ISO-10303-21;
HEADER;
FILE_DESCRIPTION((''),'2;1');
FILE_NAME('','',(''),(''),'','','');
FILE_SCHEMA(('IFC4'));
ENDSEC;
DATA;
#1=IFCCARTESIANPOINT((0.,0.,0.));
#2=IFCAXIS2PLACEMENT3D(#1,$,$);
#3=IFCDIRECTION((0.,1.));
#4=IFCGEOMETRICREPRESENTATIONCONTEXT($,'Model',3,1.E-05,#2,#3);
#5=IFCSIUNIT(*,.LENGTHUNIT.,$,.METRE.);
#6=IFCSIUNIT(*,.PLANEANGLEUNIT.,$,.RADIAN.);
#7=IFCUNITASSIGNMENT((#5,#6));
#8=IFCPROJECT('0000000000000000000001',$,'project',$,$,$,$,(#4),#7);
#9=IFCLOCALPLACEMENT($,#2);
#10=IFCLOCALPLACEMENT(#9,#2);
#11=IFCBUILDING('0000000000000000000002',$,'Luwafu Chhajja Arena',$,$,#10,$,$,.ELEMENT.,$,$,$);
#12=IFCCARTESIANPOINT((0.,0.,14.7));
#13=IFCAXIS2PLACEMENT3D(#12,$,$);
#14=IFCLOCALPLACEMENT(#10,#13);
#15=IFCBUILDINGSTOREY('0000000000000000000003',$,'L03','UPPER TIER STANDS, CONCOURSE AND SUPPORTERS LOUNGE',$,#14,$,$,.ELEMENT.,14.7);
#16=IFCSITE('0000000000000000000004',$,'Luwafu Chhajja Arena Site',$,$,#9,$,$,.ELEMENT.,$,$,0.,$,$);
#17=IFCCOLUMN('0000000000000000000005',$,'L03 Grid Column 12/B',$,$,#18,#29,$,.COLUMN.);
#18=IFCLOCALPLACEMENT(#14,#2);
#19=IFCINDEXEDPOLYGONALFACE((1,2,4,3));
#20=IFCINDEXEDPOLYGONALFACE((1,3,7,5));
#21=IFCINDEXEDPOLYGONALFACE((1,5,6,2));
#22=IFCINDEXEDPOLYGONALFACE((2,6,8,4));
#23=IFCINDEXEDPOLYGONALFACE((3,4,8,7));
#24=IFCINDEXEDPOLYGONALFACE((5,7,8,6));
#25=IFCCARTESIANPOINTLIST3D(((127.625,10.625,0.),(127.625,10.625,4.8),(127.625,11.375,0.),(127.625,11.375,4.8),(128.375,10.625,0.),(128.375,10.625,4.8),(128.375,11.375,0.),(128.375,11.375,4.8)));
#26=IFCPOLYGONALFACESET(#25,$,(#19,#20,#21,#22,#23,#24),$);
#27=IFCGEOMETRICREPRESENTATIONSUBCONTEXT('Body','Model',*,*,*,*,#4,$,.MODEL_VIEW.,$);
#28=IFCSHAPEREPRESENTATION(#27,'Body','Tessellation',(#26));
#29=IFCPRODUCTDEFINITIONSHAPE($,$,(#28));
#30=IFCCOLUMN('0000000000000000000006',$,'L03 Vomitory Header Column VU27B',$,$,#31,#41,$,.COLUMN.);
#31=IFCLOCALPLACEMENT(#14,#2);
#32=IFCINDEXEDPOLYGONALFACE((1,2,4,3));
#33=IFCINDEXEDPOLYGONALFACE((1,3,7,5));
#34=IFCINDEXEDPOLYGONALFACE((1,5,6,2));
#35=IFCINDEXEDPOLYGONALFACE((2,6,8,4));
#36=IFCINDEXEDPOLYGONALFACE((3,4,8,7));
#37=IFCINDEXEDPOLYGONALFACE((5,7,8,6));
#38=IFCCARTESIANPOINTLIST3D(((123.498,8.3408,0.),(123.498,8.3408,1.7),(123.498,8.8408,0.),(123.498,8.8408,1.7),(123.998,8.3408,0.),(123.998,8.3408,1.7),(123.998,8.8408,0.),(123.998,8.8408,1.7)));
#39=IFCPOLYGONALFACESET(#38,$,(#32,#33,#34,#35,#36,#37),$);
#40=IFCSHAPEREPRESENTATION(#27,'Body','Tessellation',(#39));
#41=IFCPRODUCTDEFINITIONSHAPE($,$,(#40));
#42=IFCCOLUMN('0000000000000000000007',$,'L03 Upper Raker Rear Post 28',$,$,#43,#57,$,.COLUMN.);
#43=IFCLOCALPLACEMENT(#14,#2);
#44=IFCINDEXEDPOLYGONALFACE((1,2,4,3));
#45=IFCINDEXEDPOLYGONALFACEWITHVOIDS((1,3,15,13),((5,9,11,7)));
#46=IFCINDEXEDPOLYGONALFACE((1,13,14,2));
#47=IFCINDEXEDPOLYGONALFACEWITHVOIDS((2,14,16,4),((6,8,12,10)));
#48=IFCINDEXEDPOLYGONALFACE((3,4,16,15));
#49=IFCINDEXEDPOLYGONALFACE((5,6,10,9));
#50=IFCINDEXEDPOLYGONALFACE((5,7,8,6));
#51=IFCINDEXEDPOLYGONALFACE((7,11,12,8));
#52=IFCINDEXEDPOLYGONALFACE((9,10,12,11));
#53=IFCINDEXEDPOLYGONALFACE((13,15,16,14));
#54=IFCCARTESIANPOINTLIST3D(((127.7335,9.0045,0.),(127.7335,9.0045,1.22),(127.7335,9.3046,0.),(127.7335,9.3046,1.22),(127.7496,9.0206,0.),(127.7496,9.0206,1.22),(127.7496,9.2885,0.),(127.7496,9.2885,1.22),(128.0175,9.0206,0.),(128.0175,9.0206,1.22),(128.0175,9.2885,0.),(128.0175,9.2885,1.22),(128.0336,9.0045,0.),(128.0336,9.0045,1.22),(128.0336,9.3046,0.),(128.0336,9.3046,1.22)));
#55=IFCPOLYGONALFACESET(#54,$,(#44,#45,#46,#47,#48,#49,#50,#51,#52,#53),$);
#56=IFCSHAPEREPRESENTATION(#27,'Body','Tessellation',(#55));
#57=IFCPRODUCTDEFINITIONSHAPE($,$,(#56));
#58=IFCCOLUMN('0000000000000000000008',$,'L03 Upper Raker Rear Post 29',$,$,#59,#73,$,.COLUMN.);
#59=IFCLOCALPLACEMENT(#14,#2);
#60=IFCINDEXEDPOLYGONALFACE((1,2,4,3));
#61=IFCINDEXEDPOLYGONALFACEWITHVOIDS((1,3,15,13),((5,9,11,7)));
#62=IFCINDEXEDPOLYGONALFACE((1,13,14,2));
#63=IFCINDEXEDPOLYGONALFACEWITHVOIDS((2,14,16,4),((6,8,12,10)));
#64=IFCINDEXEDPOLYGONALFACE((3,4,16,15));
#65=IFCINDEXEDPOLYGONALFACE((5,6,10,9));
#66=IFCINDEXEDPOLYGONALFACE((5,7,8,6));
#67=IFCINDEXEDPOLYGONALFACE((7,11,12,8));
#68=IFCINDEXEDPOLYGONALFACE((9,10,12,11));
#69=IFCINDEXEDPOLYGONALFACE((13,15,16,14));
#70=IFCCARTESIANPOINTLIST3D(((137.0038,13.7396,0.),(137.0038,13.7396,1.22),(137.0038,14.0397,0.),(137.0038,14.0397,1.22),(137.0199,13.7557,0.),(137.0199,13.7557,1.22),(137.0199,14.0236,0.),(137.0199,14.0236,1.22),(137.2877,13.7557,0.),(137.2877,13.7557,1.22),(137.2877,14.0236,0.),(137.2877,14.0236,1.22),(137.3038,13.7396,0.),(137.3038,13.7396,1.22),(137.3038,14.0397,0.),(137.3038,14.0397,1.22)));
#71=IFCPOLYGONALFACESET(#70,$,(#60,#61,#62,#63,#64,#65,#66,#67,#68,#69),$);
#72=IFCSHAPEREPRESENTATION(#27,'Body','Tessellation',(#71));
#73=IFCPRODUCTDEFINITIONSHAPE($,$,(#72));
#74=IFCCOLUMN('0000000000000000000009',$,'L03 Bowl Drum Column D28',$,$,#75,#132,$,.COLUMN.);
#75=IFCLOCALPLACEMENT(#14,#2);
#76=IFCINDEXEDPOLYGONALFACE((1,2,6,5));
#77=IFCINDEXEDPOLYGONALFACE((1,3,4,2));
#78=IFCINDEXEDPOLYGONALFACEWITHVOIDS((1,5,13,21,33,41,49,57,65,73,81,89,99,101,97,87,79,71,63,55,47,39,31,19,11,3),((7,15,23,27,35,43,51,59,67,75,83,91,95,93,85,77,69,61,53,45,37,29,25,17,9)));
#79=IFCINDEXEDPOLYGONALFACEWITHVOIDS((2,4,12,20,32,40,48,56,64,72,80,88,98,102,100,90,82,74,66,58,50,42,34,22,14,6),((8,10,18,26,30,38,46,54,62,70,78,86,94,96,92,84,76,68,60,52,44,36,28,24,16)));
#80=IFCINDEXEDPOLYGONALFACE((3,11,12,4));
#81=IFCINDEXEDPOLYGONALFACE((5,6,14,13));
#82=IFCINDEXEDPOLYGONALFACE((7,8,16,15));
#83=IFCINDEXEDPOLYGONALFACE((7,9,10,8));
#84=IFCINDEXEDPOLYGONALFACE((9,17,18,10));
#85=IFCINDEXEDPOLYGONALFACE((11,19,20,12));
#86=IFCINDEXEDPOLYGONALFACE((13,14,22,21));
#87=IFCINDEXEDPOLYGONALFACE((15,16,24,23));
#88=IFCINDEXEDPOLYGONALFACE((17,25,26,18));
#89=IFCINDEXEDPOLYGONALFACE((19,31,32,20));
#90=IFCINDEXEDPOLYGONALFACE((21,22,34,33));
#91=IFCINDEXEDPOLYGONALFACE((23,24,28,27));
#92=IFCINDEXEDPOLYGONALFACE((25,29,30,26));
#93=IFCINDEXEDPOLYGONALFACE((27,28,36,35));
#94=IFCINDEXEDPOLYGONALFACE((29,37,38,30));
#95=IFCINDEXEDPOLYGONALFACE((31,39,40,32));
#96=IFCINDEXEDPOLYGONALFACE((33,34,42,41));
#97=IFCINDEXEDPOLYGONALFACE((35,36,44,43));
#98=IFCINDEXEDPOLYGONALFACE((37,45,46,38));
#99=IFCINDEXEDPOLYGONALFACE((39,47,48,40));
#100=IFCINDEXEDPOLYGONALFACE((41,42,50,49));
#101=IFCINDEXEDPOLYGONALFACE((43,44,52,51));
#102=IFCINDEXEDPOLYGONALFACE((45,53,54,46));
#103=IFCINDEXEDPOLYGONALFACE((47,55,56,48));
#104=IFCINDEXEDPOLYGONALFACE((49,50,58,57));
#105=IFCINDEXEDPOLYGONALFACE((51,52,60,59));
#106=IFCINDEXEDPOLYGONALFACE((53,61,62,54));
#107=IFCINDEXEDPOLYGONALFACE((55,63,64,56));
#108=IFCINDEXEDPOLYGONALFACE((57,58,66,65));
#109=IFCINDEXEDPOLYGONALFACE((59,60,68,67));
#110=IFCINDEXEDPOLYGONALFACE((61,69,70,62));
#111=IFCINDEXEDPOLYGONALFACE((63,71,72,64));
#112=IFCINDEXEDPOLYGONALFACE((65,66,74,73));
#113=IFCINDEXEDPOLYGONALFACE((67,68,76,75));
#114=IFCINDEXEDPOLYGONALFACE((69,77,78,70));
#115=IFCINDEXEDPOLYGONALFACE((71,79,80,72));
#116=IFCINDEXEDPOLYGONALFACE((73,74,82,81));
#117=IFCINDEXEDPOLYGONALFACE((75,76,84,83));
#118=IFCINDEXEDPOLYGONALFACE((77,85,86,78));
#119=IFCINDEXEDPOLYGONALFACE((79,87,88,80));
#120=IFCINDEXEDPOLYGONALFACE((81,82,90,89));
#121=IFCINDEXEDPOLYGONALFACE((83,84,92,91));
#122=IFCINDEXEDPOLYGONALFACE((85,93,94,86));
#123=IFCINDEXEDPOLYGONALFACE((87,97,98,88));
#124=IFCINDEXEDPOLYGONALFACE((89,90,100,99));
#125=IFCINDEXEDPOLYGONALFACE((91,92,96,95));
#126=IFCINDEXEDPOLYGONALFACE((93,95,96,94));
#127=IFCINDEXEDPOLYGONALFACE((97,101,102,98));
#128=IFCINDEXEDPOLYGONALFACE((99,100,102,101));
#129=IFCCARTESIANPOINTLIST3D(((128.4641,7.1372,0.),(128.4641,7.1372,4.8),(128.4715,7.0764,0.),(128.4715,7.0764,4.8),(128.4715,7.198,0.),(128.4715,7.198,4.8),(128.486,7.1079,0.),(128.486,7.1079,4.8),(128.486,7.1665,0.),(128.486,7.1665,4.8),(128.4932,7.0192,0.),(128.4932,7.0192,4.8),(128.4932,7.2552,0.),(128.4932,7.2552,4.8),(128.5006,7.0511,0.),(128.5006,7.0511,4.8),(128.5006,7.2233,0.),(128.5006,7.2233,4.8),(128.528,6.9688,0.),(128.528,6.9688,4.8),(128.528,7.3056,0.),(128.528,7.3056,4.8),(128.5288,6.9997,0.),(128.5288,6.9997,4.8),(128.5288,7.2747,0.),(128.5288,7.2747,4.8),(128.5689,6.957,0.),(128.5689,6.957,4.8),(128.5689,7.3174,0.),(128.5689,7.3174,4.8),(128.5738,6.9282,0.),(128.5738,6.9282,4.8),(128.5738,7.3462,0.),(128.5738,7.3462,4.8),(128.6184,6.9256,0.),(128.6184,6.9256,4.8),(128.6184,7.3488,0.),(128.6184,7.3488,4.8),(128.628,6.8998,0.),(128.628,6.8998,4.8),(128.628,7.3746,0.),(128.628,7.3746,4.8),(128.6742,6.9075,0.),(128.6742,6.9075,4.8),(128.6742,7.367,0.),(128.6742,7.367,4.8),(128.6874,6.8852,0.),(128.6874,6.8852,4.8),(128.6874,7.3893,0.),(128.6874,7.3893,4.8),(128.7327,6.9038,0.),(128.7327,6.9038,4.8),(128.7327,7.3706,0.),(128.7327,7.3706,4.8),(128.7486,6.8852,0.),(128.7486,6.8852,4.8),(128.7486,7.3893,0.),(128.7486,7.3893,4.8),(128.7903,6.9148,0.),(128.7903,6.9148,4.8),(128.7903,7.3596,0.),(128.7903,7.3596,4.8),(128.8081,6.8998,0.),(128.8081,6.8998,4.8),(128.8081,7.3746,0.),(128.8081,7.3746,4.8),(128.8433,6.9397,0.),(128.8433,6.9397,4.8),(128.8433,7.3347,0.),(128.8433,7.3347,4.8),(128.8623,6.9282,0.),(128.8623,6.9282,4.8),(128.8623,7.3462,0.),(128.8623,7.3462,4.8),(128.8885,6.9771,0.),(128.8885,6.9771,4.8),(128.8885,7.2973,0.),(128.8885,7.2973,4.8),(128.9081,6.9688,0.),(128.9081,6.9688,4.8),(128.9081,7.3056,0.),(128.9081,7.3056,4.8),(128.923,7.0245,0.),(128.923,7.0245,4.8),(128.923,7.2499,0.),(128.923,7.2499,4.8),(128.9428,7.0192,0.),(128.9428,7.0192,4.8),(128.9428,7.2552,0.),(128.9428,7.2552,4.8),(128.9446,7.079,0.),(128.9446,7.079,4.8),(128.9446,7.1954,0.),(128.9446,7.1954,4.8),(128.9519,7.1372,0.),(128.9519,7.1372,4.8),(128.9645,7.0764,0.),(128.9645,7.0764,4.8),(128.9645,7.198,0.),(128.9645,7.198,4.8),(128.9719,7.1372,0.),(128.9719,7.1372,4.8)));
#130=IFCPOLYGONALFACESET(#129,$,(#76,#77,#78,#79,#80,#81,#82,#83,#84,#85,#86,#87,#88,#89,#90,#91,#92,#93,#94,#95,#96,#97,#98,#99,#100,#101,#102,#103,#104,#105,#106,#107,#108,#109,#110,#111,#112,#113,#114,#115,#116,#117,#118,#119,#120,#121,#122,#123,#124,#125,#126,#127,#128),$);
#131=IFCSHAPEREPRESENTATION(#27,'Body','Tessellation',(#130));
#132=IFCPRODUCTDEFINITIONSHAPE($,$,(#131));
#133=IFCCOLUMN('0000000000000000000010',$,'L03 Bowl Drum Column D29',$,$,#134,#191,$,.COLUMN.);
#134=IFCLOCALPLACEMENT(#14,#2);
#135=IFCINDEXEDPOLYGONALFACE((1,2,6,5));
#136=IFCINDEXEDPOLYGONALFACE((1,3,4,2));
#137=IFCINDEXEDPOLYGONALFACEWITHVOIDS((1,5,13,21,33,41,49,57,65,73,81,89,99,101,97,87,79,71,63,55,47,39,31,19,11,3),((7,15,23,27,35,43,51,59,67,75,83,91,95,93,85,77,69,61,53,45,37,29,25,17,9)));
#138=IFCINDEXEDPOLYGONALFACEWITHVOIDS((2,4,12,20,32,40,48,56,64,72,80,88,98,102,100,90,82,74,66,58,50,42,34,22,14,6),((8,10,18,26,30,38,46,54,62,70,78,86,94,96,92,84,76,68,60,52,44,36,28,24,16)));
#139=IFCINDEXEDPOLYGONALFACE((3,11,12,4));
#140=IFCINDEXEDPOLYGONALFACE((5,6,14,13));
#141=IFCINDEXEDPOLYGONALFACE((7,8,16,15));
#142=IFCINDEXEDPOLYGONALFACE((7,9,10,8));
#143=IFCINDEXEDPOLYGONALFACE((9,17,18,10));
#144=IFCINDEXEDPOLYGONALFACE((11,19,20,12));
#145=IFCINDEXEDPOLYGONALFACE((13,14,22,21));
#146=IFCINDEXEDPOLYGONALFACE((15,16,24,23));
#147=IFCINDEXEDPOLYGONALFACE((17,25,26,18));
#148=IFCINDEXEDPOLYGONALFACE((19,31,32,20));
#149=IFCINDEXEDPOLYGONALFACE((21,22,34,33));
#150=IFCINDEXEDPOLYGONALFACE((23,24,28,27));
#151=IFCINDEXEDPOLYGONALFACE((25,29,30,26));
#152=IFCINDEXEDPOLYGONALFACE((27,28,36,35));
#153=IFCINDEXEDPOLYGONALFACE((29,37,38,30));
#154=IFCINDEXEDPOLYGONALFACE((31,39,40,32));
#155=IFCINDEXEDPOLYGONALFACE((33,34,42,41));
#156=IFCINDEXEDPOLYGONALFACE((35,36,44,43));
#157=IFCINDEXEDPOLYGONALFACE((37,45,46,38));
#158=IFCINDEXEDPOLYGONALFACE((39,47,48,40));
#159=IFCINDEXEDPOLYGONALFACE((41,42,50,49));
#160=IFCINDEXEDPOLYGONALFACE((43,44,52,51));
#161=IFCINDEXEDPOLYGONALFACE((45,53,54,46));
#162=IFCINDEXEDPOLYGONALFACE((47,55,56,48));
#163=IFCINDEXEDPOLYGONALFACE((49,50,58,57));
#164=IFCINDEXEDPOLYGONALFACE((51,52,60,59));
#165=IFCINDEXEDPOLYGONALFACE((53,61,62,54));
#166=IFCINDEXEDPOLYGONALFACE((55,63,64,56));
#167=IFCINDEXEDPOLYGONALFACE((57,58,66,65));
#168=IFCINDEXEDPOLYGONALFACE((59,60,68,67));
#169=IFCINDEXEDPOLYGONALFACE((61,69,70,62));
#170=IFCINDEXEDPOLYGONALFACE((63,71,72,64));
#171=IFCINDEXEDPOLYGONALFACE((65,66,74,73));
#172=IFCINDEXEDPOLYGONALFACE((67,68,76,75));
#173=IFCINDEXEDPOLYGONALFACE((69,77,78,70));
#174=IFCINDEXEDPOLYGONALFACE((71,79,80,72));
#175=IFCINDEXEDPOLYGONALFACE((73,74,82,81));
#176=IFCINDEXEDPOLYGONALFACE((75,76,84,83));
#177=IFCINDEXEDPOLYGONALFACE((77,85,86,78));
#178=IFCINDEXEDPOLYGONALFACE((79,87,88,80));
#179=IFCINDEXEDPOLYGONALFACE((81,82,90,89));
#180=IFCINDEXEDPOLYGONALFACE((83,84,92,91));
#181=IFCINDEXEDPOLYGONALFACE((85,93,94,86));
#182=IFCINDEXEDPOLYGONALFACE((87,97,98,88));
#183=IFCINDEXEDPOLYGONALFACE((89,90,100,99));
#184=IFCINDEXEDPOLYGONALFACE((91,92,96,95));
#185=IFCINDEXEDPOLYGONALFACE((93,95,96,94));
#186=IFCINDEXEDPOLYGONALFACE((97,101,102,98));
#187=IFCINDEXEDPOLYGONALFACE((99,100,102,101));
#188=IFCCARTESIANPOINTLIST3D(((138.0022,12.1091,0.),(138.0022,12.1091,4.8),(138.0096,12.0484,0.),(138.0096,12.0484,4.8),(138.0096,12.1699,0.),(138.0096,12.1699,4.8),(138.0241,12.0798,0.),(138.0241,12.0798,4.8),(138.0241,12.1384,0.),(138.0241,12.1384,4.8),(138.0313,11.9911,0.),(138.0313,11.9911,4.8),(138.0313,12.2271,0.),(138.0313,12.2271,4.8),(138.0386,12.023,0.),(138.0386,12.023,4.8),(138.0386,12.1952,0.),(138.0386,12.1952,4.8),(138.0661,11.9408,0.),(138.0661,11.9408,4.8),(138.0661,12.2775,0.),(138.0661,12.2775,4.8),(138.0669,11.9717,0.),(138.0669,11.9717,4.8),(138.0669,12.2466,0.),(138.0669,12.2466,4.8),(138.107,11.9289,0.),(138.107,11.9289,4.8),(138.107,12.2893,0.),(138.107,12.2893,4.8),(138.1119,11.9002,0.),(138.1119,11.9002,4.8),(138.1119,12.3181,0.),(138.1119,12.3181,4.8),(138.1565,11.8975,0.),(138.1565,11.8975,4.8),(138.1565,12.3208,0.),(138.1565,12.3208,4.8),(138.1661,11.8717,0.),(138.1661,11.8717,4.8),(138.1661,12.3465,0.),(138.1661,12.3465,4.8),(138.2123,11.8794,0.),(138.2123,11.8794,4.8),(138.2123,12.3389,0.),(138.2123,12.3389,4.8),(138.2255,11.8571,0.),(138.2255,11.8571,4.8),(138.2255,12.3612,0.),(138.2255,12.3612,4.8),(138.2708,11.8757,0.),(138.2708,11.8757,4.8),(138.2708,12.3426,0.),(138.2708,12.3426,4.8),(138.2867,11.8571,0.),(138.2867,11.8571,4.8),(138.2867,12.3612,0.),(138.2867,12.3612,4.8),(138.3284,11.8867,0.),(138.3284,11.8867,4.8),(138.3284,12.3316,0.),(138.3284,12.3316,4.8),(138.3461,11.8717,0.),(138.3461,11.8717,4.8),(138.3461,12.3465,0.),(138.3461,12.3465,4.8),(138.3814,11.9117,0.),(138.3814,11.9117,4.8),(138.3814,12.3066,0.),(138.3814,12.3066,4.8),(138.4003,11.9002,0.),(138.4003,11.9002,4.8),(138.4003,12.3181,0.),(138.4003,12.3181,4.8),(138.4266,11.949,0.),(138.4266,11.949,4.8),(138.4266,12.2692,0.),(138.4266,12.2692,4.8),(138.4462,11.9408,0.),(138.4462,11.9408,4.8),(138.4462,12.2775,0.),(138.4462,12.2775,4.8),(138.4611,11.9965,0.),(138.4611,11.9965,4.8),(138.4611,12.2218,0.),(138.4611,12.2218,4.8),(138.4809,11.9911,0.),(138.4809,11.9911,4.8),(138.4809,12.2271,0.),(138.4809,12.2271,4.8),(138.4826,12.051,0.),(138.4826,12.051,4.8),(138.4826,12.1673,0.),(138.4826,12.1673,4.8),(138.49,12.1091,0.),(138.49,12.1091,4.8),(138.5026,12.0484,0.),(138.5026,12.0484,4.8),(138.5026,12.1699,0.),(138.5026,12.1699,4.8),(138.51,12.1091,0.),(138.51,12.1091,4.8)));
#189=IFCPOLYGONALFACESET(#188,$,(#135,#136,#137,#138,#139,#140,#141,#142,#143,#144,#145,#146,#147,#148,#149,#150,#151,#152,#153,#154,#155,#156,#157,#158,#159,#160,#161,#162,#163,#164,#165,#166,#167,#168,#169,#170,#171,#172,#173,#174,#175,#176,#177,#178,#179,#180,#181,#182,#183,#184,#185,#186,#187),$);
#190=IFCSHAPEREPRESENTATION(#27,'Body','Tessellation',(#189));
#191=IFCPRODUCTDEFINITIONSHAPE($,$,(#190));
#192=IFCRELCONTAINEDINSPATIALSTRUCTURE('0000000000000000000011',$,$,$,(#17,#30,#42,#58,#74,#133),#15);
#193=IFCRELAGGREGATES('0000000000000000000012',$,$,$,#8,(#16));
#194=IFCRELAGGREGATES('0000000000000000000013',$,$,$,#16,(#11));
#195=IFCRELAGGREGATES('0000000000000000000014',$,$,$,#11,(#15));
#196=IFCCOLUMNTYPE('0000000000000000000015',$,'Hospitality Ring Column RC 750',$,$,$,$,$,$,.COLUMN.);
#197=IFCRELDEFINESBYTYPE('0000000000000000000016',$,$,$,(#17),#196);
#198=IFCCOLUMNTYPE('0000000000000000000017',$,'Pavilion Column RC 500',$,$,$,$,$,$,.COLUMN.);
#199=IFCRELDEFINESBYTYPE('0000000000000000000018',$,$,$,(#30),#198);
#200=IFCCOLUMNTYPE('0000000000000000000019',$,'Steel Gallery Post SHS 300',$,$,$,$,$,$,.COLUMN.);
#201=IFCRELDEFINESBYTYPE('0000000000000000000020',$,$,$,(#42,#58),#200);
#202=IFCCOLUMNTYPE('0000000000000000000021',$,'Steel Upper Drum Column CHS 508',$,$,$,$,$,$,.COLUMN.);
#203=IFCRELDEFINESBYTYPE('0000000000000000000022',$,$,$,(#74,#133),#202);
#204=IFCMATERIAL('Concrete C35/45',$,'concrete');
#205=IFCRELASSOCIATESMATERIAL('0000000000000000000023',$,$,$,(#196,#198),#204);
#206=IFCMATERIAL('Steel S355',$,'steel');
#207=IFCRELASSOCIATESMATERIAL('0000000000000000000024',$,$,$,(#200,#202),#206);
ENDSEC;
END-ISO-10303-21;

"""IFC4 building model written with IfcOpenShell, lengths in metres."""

from ifc_helpers import new_model, si_unit, direction, frame, origin, origin_2d, place, context, subcontext, project, spatial, rectangle, hollow_rectangle, hollow_circle, extrude, material, material_profile, profile_set, type_object, element, save


model = new_model("IFC4")

# Units and contexts
model_context = context("Model", 3, precision=1e-05, world=origin(), true_north=direction((0.0, 1.0)))
body_context = subcontext(model_context, "Body", "Model", "MODEL_VIEW")
ifc_project = project(units=[si_unit("LENGTHUNIT", "METRE"), si_unit("PLANEANGLEUNIT", "RADIAN")], contexts=[model_context])

# Site, building, storey
site_placement = place(None, origin())
site = spatial("IfcSite", under=ifc_project, at=site_placement, Name="Luwafu Chhajja Arena Site", CompositionType="ELEMENT", RefElevation=0.0)
building_placement = place(site_placement, origin())
building = spatial("IfcBuilding", under=site, at=building_placement, Name="Luwafu Chhajja Arena", CompositionType="ELEMENT")
storey_placement = place(building_placement, frame((0.0, 0.0, 14.7)))
storey = spatial("IfcBuildingStorey", under=building, at=storey_placement, Name="L03", Description="UPPER TIER STANDS, CONCOURSE AND SUPPORTERS LOUNGE", CompositionType="ELEMENT", Elevation=14.7)

# Columns
ifc_material_1 = material(Name="Concrete C35/45", Category="concrete")
ifc_material_profile_1 = material_profile(ifc_material_1, rectangle(XDim=0.75, YDim=0.75, at=origin_2d()), Name="RC 750x750")
ifc_profile_set_1 = profile_set([ifc_material_profile_1], Name="Concrete C35/45")
column_type_1 = type_object("IfcColumnType", Name="Hospitality Ring Column RC 750", PredefinedType="COLUMN", material=ifc_profile_set_1)
column_1_placement = place(storey_placement, frame((128.0, 11.0, 0.0), z_axis=(0.0, 0.0, 1.0), x_axis=(1.0, 0.0, 0.0)))
element("IfcColumn", 1, at=column_1_placement, inside=storey, type_object=column_type_1, Name="L03 Grid Column 12/B", PredefinedType="COLUMN", context=body_context, shape_type="SweptSolid", body=[
    extrude(rectangle(XDim=0.75, YDim=0.75, at=origin_2d()), origin(), (0.0, 0.0, 1.0), 4.8),
])
ifc_material_profile_2 = material_profile(ifc_material_1, rectangle(XDim=0.5, YDim=0.5, at=origin_2d()), Name="RC 500x500")
ifc_profile_set_2 = profile_set([ifc_material_profile_2], Name="Concrete C35/45")
column_type_2 = type_object("IfcColumnType", Name="Pavilion Column RC 500", PredefinedType="COLUMN", material=ifc_profile_set_2)
column_2_placement = place(storey_placement, frame((123.748, 8.5908, 0.0), z_axis=(0.0, 0.0, 1.0), x_axis=(1.0, 0.0, 0.0)))
element("IfcColumn", 2, at=column_2_placement, inside=storey, type_object=column_type_2, Name="L03 Vomitory Header Column VU27B", PredefinedType="COLUMN", context=body_context, shape_type="SweptSolid", body=[
    extrude(rectangle(XDim=0.5, YDim=0.5, at=origin_2d()), origin(), (0.0, 0.0, 1.0), 1.7),
])
ifc_material_2 = material(Name="Steel S355", Category="steel")
ifc_material_profile_3 = material_profile(ifc_material_2, hollow_rectangle(XDim=0.3, YDim=0.3, WallThickness=0.0161, at=origin_2d()), Name="SHS 300x300x16")
ifc_profile_set_3 = profile_set([ifc_material_profile_3], Name="Steel S355")
column_type_3 = type_object("IfcColumnType", Name="Steel Gallery Post SHS 300", PredefinedType="COLUMN", material=ifc_profile_set_3)
for number, where, z_axis, x_axis, name in (
    (3, (127.8835, 9.1545, 0.0), (0.0, 0.0, 1.0), (1.0, 0.0, 0.0), "L03 Upper Raker Rear Post 28"),
    (4, (137.1538, 13.8896, 0.0), (0.0, 0.0, 1.0), (1.0, 0.0, 0.0), "L03 Upper Raker Rear Post 29"),
):
    element("IfcColumn", number, at=place(storey_placement, frame(where, z_axis=z_axis, x_axis=x_axis)), inside=storey, type_object=column_type_3, Name=name, PredefinedType="COLUMN", context=body_context, shape_type="SweptSolid", body=[
        extrude(hollow_rectangle(XDim=0.3, YDim=0.3, WallThickness=0.0161, at=origin_2d()), origin(), (0.0, 0.0, 1.0), 1.22),
    ])
ifc_material_profile_4 = material_profile(ifc_material_2, hollow_circle(Radius=0.2539, WallThickness=0.02, at=origin_2d()), Name="CHS 508x20")
ifc_profile_set_4 = profile_set([ifc_material_profile_4], Name="Steel S355")
column_type_4 = type_object("IfcColumnType", Name="Steel Upper Drum Column CHS 508", PredefinedType="COLUMN", material=ifc_profile_set_4)
for number, where, z_axis, x_axis, name in (
    (5, (128.718, 7.1372, 0.0), (0.0, 0.0, 1.0), (1.0, 0.0, 0.0), "L03 Bowl Drum Column D28"),
    (6, (138.2561, 12.1091, 0.0), (0.0, 0.0, 1.0), (1.0, 0.0, 0.0), "L03 Bowl Drum Column D29"),
):
    element("IfcColumn", number, at=place(storey_placement, frame(where, z_axis=z_axis, x_axis=x_axis)), inside=storey, type_object=column_type_4, Name=name, PredefinedType="COLUMN", context=body_context, shape_type="SweptSolid", body=[
        extrude(hollow_circle(Radius=0.2539, WallThickness=0.02, at=origin_2d()), origin(), (0.0, 0.0, 1.0), 4.8),
    ])

save(model, "model.ifc")
